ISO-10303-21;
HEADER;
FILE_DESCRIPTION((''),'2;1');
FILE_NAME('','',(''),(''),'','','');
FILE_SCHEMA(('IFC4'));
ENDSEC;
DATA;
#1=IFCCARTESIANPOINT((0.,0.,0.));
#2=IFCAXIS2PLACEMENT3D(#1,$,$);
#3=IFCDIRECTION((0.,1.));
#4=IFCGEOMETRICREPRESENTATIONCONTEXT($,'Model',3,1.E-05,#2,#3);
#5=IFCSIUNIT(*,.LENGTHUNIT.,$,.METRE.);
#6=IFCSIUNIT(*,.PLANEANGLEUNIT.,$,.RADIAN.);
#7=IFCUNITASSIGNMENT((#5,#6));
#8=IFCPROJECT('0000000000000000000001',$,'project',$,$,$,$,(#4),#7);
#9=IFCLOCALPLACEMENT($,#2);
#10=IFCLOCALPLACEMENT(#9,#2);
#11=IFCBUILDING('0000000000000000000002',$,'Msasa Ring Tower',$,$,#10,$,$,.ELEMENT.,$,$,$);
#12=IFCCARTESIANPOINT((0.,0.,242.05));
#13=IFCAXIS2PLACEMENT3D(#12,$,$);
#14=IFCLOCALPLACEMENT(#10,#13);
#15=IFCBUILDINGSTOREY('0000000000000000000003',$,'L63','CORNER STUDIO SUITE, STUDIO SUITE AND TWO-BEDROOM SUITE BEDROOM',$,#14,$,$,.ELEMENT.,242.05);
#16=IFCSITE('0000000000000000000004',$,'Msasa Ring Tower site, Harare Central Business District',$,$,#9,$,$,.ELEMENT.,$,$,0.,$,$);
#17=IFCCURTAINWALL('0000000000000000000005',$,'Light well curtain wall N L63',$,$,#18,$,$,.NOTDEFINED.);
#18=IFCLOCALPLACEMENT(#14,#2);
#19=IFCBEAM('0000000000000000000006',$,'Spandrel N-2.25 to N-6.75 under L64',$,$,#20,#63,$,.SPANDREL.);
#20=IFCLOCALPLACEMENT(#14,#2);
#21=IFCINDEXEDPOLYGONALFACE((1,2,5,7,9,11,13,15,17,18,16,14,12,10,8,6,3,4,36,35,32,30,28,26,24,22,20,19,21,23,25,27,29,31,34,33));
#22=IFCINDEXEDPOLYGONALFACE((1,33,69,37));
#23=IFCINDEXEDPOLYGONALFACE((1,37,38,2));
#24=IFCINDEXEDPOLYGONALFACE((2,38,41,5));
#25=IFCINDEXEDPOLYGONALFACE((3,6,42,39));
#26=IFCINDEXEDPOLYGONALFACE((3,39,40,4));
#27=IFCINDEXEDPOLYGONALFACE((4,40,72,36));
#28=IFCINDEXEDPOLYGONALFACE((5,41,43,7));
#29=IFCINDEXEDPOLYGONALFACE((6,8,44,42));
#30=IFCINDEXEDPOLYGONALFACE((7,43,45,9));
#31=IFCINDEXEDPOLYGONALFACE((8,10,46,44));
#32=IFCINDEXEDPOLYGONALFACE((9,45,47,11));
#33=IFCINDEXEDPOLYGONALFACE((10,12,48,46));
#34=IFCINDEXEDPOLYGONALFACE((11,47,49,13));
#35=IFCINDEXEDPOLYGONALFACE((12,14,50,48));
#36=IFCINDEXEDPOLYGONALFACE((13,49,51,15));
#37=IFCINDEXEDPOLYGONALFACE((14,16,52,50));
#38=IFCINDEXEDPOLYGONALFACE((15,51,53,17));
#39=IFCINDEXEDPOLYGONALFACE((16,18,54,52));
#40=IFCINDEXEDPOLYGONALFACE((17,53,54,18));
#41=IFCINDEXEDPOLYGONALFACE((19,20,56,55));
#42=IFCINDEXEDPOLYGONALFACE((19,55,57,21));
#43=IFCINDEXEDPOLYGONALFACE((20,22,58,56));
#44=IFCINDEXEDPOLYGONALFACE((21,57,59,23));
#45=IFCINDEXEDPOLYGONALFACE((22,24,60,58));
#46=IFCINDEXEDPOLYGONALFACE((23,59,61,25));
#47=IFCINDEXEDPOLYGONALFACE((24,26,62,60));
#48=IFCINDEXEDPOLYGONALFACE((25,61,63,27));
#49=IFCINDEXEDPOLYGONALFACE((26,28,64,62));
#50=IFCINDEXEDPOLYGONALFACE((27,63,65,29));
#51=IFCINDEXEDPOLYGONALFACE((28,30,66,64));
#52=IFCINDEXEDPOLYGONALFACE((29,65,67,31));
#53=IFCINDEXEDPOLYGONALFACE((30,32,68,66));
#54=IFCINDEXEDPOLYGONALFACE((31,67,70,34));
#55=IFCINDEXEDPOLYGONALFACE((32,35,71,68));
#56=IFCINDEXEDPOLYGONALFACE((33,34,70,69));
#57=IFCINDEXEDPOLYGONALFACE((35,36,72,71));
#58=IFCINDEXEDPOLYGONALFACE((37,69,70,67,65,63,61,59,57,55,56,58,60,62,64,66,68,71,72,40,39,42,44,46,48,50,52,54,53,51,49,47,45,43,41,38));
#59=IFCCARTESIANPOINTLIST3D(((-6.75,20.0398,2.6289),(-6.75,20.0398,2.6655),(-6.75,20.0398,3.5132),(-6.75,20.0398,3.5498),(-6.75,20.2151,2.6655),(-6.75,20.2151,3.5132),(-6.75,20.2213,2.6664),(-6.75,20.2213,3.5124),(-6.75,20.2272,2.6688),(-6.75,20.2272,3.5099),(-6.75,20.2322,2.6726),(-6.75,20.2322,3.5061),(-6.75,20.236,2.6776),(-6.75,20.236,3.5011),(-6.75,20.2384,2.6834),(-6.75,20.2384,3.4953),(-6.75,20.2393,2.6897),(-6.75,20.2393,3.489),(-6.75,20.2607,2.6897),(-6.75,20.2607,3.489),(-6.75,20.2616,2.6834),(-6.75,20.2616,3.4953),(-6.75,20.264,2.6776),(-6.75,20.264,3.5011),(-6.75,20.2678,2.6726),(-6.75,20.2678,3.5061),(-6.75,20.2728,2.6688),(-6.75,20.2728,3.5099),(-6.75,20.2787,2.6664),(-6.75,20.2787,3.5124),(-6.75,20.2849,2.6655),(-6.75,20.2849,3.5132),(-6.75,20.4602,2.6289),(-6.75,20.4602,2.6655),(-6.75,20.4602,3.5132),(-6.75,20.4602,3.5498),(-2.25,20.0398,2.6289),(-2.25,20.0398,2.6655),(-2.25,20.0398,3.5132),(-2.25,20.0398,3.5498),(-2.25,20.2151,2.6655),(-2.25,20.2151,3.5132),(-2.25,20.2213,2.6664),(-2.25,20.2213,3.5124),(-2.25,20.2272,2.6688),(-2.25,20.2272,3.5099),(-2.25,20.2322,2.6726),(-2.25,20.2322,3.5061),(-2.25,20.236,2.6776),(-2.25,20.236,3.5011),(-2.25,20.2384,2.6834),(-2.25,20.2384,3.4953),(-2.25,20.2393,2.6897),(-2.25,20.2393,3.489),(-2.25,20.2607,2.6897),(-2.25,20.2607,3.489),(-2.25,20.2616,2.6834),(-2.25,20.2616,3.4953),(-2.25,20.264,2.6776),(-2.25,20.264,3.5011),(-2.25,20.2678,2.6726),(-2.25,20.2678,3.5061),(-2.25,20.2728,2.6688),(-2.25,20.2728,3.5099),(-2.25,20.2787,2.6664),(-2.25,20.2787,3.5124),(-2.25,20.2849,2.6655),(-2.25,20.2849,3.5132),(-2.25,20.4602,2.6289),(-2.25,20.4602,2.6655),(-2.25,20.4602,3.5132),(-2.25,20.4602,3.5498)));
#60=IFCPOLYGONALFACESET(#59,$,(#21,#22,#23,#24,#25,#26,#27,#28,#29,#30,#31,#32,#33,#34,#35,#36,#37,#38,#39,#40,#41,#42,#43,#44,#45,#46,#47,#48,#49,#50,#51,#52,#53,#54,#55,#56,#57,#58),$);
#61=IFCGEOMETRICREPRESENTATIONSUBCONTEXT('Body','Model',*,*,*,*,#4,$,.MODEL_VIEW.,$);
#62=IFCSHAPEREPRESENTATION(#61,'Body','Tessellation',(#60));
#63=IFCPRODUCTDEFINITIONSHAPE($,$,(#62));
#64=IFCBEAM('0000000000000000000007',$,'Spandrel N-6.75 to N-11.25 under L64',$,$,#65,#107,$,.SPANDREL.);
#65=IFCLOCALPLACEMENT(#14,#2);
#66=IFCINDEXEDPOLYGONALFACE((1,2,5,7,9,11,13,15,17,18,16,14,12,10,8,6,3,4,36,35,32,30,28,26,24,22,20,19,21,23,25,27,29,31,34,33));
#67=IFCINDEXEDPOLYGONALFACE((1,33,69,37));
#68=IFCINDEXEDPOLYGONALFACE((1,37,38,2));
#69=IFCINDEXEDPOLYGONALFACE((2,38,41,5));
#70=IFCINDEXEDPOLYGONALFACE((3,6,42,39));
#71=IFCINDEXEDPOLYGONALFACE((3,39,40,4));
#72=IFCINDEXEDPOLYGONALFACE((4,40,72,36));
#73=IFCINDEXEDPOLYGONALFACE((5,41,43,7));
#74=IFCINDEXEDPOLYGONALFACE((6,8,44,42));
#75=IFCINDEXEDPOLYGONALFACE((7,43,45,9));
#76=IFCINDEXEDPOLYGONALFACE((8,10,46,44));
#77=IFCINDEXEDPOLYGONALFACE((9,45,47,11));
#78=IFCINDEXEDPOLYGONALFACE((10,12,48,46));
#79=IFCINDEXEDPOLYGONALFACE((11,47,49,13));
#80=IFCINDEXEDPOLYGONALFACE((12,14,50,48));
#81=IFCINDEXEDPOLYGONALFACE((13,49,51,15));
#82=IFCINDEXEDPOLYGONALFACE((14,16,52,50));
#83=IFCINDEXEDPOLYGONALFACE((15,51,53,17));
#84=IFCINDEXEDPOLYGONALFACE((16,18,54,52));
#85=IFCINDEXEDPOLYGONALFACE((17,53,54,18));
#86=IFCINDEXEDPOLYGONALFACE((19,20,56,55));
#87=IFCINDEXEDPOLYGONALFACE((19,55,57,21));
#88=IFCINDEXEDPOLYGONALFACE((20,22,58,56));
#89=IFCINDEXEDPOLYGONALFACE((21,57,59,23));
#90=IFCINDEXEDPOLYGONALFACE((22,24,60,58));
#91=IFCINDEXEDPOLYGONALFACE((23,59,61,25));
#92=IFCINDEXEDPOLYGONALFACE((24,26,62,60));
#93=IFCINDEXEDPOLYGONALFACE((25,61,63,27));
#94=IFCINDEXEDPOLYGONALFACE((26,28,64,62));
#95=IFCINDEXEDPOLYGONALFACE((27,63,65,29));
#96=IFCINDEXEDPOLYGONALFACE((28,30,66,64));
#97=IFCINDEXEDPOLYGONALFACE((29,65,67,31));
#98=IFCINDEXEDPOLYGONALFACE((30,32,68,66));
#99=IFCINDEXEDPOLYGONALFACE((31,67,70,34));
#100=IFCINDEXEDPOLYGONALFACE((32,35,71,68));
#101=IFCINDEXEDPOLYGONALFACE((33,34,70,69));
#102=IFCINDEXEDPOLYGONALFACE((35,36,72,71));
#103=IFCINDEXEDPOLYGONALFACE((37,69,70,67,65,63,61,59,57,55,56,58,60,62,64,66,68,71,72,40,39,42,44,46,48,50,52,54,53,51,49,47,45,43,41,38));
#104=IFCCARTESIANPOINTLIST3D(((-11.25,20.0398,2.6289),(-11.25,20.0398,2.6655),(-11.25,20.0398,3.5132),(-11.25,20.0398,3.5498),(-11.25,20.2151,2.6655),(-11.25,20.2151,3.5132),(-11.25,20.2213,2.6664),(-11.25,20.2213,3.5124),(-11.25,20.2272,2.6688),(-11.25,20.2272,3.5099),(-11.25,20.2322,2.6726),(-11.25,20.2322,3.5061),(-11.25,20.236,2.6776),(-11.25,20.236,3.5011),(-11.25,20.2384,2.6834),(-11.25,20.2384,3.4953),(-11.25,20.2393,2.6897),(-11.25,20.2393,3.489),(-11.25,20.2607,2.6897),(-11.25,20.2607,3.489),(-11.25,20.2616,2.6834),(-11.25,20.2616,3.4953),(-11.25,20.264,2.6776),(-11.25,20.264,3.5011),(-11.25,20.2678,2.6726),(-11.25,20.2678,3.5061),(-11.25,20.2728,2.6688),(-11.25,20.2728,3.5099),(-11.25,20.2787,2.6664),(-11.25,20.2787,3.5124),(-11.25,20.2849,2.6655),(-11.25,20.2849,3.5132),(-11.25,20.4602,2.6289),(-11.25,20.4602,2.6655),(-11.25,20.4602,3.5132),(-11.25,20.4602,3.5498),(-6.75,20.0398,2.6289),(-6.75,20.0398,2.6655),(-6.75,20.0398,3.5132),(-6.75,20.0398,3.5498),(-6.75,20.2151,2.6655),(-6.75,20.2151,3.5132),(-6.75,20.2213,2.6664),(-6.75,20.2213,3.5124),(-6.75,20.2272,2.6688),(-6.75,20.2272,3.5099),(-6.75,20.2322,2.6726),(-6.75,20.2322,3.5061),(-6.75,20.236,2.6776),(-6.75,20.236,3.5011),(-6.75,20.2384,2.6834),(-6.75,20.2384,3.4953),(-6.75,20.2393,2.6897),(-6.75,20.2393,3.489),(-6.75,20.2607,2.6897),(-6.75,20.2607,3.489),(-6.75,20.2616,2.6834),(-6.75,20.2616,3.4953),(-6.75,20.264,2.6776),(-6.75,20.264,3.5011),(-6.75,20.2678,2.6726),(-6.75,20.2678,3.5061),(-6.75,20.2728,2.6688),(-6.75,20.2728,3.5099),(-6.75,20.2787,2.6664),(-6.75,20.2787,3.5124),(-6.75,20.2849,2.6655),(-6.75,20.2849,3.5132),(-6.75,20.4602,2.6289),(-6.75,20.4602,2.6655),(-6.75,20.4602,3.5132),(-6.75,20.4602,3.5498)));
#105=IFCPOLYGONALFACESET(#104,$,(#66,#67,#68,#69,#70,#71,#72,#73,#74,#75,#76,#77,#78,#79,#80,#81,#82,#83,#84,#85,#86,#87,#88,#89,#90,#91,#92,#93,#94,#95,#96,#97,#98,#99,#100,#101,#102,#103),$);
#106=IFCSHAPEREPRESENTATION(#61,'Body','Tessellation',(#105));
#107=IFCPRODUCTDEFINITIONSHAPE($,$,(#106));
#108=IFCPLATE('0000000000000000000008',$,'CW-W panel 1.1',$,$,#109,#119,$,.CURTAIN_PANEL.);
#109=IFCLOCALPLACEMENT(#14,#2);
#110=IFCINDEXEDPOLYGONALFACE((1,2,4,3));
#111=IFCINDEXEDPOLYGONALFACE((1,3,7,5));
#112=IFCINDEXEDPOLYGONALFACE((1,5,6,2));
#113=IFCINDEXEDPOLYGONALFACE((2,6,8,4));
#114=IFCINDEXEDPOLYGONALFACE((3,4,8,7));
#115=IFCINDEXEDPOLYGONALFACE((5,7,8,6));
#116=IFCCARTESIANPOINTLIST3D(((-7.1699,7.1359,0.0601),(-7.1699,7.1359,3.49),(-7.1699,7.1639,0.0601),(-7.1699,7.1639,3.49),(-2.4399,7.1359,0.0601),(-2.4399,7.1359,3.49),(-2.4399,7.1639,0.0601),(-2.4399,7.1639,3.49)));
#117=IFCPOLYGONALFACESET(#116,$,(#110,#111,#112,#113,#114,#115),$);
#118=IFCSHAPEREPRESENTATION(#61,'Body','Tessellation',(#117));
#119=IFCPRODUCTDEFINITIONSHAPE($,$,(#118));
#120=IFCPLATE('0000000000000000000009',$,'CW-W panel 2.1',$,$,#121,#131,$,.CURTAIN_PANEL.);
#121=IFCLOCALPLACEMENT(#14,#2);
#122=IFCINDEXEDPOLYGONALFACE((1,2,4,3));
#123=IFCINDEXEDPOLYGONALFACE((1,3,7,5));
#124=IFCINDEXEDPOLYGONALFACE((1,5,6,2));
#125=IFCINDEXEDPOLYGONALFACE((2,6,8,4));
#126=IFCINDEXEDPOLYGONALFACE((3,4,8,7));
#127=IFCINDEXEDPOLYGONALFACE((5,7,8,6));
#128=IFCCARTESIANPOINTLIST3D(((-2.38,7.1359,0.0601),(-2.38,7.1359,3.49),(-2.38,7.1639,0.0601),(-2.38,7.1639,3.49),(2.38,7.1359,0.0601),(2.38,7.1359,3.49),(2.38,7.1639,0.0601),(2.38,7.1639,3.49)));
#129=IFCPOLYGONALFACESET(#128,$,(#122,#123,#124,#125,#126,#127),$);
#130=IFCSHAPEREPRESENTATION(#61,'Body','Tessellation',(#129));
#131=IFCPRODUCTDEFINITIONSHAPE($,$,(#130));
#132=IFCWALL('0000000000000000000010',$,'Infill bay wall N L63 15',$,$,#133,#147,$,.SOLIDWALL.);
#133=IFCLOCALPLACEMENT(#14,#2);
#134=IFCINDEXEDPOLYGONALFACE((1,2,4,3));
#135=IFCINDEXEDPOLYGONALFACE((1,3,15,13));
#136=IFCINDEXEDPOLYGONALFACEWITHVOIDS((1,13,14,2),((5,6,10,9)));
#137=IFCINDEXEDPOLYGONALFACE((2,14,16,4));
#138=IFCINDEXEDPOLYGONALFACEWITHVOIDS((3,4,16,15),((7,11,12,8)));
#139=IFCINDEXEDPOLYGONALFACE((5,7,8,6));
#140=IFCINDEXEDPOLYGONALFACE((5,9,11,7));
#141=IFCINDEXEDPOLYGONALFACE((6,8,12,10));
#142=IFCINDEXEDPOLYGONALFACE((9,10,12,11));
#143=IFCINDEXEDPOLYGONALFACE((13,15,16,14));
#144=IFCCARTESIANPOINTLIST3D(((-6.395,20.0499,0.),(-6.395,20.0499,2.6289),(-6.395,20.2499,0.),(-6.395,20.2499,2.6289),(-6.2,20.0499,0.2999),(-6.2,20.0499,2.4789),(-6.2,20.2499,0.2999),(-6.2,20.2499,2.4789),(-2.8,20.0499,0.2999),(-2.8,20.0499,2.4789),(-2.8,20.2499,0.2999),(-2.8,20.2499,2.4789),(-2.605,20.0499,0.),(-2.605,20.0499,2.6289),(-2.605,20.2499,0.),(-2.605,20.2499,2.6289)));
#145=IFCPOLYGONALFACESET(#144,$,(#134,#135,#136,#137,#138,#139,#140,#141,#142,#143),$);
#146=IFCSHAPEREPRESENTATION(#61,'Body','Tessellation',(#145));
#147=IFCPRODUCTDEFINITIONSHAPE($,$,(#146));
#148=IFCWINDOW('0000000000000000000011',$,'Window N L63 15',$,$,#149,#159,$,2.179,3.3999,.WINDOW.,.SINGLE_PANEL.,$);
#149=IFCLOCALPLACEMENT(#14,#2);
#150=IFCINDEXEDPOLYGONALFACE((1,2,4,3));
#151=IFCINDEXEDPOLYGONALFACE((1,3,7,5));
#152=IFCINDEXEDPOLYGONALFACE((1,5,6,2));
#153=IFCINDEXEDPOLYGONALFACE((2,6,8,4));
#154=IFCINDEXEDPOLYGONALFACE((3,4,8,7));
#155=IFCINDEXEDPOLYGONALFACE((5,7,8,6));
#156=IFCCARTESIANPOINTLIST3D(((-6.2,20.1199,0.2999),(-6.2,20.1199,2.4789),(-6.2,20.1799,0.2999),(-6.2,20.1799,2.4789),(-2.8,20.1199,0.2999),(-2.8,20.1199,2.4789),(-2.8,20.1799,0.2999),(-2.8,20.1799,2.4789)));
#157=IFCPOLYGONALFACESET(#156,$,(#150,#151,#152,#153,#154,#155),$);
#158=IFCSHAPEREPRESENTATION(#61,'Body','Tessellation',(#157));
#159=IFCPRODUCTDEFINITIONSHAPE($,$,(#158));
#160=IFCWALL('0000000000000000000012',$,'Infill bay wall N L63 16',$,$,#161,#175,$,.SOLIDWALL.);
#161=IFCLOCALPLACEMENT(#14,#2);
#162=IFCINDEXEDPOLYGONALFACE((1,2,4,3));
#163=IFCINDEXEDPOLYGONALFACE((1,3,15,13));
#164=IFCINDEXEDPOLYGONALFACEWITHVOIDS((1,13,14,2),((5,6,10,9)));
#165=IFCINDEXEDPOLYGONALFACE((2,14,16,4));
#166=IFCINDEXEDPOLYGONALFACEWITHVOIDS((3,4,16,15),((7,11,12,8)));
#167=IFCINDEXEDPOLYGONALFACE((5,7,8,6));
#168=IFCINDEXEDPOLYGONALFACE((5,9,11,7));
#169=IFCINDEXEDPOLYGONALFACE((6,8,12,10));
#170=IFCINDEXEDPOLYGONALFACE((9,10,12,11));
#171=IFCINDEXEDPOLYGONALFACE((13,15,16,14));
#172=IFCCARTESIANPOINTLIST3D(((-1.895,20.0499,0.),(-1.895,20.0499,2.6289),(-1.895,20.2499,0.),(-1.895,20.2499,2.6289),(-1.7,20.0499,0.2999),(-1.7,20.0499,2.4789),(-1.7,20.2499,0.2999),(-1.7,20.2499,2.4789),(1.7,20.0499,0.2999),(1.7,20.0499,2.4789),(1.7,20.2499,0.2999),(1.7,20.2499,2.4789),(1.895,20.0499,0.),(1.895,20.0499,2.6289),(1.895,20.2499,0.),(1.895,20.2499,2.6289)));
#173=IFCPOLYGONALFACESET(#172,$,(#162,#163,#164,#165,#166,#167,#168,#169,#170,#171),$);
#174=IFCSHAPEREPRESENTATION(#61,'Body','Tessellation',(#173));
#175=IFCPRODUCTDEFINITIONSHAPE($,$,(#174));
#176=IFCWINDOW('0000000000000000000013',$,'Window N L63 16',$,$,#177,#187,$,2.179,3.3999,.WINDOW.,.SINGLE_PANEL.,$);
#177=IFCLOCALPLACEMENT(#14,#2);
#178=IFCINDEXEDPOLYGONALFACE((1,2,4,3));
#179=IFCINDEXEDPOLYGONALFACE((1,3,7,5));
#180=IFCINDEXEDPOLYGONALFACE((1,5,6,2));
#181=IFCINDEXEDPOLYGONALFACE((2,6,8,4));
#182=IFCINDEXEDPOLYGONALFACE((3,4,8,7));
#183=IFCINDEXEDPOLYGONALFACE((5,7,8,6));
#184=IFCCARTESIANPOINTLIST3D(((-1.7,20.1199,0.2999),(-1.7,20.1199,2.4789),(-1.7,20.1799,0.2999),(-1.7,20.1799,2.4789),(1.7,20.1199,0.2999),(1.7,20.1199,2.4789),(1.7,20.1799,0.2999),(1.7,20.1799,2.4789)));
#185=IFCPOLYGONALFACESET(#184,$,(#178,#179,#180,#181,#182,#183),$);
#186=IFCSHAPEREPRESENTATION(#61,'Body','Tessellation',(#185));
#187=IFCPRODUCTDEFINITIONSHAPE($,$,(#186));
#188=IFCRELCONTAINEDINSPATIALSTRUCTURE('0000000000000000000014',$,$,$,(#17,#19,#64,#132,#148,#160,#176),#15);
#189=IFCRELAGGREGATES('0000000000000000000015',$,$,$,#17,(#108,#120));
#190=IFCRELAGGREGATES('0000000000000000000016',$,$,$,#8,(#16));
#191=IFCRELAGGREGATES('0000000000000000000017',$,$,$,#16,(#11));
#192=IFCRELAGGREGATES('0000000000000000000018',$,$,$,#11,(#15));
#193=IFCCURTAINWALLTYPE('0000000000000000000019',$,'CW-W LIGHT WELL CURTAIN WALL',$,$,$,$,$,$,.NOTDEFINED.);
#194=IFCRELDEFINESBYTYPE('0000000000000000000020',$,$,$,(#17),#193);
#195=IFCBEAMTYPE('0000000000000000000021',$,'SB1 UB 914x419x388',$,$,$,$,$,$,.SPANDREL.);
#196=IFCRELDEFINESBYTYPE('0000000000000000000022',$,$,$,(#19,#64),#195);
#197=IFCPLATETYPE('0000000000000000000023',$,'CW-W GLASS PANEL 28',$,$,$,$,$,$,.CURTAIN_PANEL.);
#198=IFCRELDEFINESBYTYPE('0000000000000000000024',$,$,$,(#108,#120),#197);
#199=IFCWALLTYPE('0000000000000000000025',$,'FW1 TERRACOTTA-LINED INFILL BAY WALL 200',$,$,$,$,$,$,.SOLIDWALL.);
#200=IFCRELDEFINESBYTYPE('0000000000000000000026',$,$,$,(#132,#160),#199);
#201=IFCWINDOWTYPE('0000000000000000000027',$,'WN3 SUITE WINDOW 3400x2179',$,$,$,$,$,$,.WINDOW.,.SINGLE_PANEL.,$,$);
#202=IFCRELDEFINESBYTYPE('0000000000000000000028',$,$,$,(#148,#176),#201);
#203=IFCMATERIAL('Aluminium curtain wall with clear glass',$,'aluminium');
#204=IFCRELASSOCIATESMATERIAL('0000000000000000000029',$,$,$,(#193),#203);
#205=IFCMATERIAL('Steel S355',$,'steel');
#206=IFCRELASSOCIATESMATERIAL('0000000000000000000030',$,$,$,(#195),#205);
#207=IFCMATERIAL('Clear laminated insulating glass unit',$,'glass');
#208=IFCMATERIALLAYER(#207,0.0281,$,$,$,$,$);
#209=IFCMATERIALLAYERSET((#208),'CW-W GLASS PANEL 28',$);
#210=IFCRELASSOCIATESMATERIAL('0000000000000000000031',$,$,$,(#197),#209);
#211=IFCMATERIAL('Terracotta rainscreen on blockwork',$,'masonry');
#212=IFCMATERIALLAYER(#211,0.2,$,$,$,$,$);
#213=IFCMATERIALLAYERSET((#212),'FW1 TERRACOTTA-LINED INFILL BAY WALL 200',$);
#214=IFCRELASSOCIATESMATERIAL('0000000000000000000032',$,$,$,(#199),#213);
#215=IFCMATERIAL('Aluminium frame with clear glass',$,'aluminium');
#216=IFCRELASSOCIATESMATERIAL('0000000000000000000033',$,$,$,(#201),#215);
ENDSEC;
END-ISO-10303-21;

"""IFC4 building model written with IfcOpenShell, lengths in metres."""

from ifc_helpers import new_model, si_unit, direction, frame, frame_2d, origin, origin_2d, place, context, subcontext, project, spatial, rectangle, i_section, extrude, material, layer, layer_set, material_profile, profile_set, type_object, element, fill, aggregate, save


model = new_model("IFC4")

# Units and contexts
model_context = context("Model", 3, precision=1e-05, world=origin(), true_north=direction((0.0, 1.0)))
body_context = subcontext(model_context, "Body", "Model", "MODEL_VIEW")
ifc_project = project(units=[si_unit("LENGTHUNIT", "METRE"), si_unit("PLANEANGLEUNIT", "RADIAN")], contexts=[model_context])

# Site, building, storey
site_placement = place(None, origin())
site = spatial("IfcSite", under=ifc_project, at=site_placement, Name="Msasa Ring Tower site, Harare Central Business District", CompositionType="ELEMENT", RefElevation=0.0)
building_placement = place(site_placement, origin())
building = spatial("IfcBuilding", under=site, at=building_placement, Name="Msasa Ring Tower", CompositionType="ELEMENT")
storey_placement = place(building_placement, frame((0.0, 0.0, 242.05)))
storey = spatial("IfcBuildingStorey", under=building, at=storey_placement, Name="L63", Description="CORNER STUDIO SUITE, STUDIO SUITE AND TWO-BEDROOM SUITE BEDROOM", CompositionType="ELEMENT", Elevation=242.05)

# Curtain wall
ifc_material_1 = material(Name="Aluminium curtain wall with clear glass", Category="aluminium")
curtain_wall_type = type_object("IfcCurtainWallType", Name="CW-W LIGHT WELL CURTAIN WALL", PredefinedType="NOTDEFINED", material=ifc_material_1)
curtain_wall_placement = place(storey_placement, origin())
curtain_wall = element("IfcCurtainWall", 1, at=curtain_wall_placement, inside=storey, type_object=curtain_wall_type, Name="Light well curtain wall N L63", PredefinedType="NOTDEFINED")

# Beams
ifc_material_2 = material(Name="Steel S355", Category="steel")
ifc_material_profile_1 = material_profile(ifc_material_2, i_section(OverallWidth=0.4204, OverallDepth=0.9209, WebThickness=0.0215, FlangeThickness=0.0366, FilletRadius=0.0242, at=origin_2d()), Name="UB 914x419x388")
ifc_profile_set_1 = profile_set([ifc_material_profile_1], Name="Steel S355")
beam_type_1 = type_object("IfcBeamType", Name="SB1 UB 914x419x388", PredefinedType="SPANDREL", material=ifc_profile_set_1)
for number, where, z_axis, x_axis, name in (
    (2, (-2.25, 20.25, 3.0894), (-1.0, 0.0, 0.0), (0.0, -1.0, 0.0), "Spandrel N-2.25 to N-6.75 under L64"),
    (3, (-6.75, 20.25, 3.0894), (-1.0, 0.0, 0.0), (0.0, -1.0, 0.0), "Spandrel N-6.75 to N-11.25 under L64"),
):
    element("IfcBeam", number, at=place(storey_placement, frame(where, z_axis=z_axis, x_axis=x_axis)), inside=storey, type_object=beam_type_1, Name=name, PredefinedType="SPANDREL", context=body_context, shape_type="SweptSolid", body=[
        extrude(i_section(OverallWidth=0.4204, OverallDepth=0.9209, WebThickness=0.0215, FlangeThickness=0.0366, FilletRadius=0.0242, at=origin_2d()), origin(), (0.0, 0.0, 1.0), 4.5),
    ])

# Plates
ifc_material_3 = material(Name="Clear laminated insulating glass unit", Category="glass")
ifc_layer_1 = layer(ifc_material_3, 0.0281)
ifc_layer_set_1 = layer_set([ifc_layer_1], Name="CW-W GLASS PANEL 28")
plate_type = type_object("IfcPlateType", Name="CW-W GLASS PANEL 28", PredefinedType="CURTAIN_PANEL", material=ifc_layer_set_1)
plate_1_placement = place(storey_placement, frame((-4.8049, 7.1499, 0.0601), z_axis=(0.0, 0.0, 1.0), x_axis=(1.0, 0.0, 0.0)))
plate_1 = element("IfcPlate", 4, at=plate_1_placement, type_object=plate_type, Name="CW-W panel 1.1", PredefinedType="CURTAIN_PANEL", context=body_context, shape_type="SweptSolid", body=[
    extrude(rectangle(XDim=4.73, YDim=0.0281, at=origin_2d()), origin(), (0.0, 0.0, 1.0), 3.4299),
])
plate_2_placement = place(storey_placement, frame((0.0, 7.1499, 0.0601), z_axis=(0.0, 0.0, 1.0), x_axis=(1.0, 0.0, 0.0)))
plate_2 = element("IfcPlate", 5, at=plate_2_placement, type_object=plate_type, Name="CW-W panel 2.1", PredefinedType="CURTAIN_PANEL", context=body_context, shape_type="SweptSolid", body=[
    extrude(rectangle(XDim=4.76, YDim=0.0281, at=origin_2d()), origin(), (0.0, 0.0, 1.0), 3.4299),
])
aggregate(curtain_wall, [plate_1, plate_2])

# Walls, openings, windows
ifc_material_4 = material(Name="Terracotta rainscreen on blockwork", Category="masonry")
ifc_layer_2 = layer(ifc_material_4, 0.2)
ifc_layer_set_2 = layer_set([ifc_layer_2], Name="FW1 TERRACOTTA-LINED INFILL BAY WALL 200")
wall_type_1 = type_object("IfcWallType", Name="FW1 TERRACOTTA-LINED INFILL BAY WALL 200", PredefinedType="SOLIDWALL", material=ifc_layer_set_2)
wall_1_placement = place(storey_placement, frame((-6.395, 20.1499, 0.0), z_axis=(0.0, 0.0, 1.0), x_axis=(1.0, 0.0, 0.0)))
wall_1 = element("IfcWall", 6, at=wall_1_placement, inside=storey, type_object=wall_type_1, Name="Infill bay wall N L63 15", PredefinedType="SOLIDWALL", context=body_context, shape_type="SweptSolid", body=[
    extrude(rectangle(XDim=3.79, YDim=0.2, at=frame_2d((1.895, 0.0))), origin(), (0.0, 0.0, 1.0), 2.6289),
])
opening_1_placement = place(wall_1_placement, frame((0.1951, 0.0, 0.3)))
opening_1 = element("IfcOpeningElement", 7, at=opening_1_placement, cuts=wall_1, PredefinedType="OPENING", context=body_context, shape_type="SweptSolid", body=[
    extrude(rectangle(XDim=3.3999, YDim=2.179, at=frame_2d((1.7, 1.0894))), frame((0.0, 0.1099, 0.0), z_axis=(0.0, -1.0, 0.0), x_axis=(1.0, 0.0, 0.0)), (0.0, 0.0, 1.0), 0.22),
])
ifc_material_5 = material(Name="Aluminium frame with clear glass", Category="aluminium")
window_type = type_object("IfcWindowType", Name="WN3 SUITE WINDOW 3400x2179", PartitioningType="SINGLE_PANEL", PredefinedType="WINDOW", material=ifc_material_5)
window_1_placement = place(opening_1_placement, origin())
window_1 = element("IfcWindow", 8, at=window_1_placement, inside=storey, type_object=window_type, Name="Window N L63 15", OverallHeight=2.179, OverallWidth=3.3999, PartitioningType="SINGLE_PANEL", PredefinedType="WINDOW", context=body_context, shape_type="SweptSolid", body=[
    extrude(rectangle(XDim=3.3999, YDim=2.179, at=frame_2d((1.7, 1.0894))), frame((0.0, 0.03, 0.0), z_axis=(0.0, -1.0, 0.0), x_axis=(1.0, 0.0, 0.0)), (0.0, 0.0, 1.0), 0.0601),
])
fill(opening_1, window_1)
wall_2_placement = place(storey_placement, frame((-1.895, 20.1499, 0.0), z_axis=(0.0, 0.0, 1.0), x_axis=(1.0, 0.0, 0.0)))
wall_2 = element("IfcWall", 9, at=wall_2_placement, inside=storey, type_object=wall_type_1, Name="Infill bay wall N L63 16", PredefinedType="SOLIDWALL", context=body_context, shape_type="SweptSolid", body=[
    extrude(rectangle(XDim=3.79, YDim=0.2, at=frame_2d((1.895, 0.0))), origin(), (0.0, 0.0, 1.0), 2.6289),
])
opening_2_placement = place(wall_2_placement, frame((0.1951, 0.0, 0.3)))
opening_2 = element("IfcOpeningElement", 10, at=opening_2_placement, cuts=wall_2, PredefinedType="OPENING", context=body_context, shape_type="SweptSolid", body=[
    extrude(rectangle(XDim=3.3999, YDim=2.179, at=frame_2d((1.7, 1.0894))), frame((0.0, 0.1099, 0.0), z_axis=(0.0, -1.0, 0.0), x_axis=(1.0, 0.0, 0.0)), (0.0, 0.0, 1.0), 0.22),
])
window_2_placement = place(opening_2_placement, origin())
window_2 = element("IfcWindow", 11, at=window_2_placement, inside=storey, type_object=window_type, Name="Window N L63 16", OverallHeight=2.179, OverallWidth=3.3999, PartitioningType="SINGLE_PANEL", PredefinedType="WINDOW", context=body_context, shape_type="SweptSolid", body=[
    extrude(rectangle(XDim=3.3999, YDim=2.179, at=frame_2d((1.7, 1.0894))), frame((0.0, 0.03, 0.0), z_axis=(0.0, -1.0, 0.0), x_axis=(1.0, 0.0, 0.0)), (0.0, 0.0, 1.0), 0.0601),
])
fill(opening_2, window_2)

save(model, "model.ifc")
